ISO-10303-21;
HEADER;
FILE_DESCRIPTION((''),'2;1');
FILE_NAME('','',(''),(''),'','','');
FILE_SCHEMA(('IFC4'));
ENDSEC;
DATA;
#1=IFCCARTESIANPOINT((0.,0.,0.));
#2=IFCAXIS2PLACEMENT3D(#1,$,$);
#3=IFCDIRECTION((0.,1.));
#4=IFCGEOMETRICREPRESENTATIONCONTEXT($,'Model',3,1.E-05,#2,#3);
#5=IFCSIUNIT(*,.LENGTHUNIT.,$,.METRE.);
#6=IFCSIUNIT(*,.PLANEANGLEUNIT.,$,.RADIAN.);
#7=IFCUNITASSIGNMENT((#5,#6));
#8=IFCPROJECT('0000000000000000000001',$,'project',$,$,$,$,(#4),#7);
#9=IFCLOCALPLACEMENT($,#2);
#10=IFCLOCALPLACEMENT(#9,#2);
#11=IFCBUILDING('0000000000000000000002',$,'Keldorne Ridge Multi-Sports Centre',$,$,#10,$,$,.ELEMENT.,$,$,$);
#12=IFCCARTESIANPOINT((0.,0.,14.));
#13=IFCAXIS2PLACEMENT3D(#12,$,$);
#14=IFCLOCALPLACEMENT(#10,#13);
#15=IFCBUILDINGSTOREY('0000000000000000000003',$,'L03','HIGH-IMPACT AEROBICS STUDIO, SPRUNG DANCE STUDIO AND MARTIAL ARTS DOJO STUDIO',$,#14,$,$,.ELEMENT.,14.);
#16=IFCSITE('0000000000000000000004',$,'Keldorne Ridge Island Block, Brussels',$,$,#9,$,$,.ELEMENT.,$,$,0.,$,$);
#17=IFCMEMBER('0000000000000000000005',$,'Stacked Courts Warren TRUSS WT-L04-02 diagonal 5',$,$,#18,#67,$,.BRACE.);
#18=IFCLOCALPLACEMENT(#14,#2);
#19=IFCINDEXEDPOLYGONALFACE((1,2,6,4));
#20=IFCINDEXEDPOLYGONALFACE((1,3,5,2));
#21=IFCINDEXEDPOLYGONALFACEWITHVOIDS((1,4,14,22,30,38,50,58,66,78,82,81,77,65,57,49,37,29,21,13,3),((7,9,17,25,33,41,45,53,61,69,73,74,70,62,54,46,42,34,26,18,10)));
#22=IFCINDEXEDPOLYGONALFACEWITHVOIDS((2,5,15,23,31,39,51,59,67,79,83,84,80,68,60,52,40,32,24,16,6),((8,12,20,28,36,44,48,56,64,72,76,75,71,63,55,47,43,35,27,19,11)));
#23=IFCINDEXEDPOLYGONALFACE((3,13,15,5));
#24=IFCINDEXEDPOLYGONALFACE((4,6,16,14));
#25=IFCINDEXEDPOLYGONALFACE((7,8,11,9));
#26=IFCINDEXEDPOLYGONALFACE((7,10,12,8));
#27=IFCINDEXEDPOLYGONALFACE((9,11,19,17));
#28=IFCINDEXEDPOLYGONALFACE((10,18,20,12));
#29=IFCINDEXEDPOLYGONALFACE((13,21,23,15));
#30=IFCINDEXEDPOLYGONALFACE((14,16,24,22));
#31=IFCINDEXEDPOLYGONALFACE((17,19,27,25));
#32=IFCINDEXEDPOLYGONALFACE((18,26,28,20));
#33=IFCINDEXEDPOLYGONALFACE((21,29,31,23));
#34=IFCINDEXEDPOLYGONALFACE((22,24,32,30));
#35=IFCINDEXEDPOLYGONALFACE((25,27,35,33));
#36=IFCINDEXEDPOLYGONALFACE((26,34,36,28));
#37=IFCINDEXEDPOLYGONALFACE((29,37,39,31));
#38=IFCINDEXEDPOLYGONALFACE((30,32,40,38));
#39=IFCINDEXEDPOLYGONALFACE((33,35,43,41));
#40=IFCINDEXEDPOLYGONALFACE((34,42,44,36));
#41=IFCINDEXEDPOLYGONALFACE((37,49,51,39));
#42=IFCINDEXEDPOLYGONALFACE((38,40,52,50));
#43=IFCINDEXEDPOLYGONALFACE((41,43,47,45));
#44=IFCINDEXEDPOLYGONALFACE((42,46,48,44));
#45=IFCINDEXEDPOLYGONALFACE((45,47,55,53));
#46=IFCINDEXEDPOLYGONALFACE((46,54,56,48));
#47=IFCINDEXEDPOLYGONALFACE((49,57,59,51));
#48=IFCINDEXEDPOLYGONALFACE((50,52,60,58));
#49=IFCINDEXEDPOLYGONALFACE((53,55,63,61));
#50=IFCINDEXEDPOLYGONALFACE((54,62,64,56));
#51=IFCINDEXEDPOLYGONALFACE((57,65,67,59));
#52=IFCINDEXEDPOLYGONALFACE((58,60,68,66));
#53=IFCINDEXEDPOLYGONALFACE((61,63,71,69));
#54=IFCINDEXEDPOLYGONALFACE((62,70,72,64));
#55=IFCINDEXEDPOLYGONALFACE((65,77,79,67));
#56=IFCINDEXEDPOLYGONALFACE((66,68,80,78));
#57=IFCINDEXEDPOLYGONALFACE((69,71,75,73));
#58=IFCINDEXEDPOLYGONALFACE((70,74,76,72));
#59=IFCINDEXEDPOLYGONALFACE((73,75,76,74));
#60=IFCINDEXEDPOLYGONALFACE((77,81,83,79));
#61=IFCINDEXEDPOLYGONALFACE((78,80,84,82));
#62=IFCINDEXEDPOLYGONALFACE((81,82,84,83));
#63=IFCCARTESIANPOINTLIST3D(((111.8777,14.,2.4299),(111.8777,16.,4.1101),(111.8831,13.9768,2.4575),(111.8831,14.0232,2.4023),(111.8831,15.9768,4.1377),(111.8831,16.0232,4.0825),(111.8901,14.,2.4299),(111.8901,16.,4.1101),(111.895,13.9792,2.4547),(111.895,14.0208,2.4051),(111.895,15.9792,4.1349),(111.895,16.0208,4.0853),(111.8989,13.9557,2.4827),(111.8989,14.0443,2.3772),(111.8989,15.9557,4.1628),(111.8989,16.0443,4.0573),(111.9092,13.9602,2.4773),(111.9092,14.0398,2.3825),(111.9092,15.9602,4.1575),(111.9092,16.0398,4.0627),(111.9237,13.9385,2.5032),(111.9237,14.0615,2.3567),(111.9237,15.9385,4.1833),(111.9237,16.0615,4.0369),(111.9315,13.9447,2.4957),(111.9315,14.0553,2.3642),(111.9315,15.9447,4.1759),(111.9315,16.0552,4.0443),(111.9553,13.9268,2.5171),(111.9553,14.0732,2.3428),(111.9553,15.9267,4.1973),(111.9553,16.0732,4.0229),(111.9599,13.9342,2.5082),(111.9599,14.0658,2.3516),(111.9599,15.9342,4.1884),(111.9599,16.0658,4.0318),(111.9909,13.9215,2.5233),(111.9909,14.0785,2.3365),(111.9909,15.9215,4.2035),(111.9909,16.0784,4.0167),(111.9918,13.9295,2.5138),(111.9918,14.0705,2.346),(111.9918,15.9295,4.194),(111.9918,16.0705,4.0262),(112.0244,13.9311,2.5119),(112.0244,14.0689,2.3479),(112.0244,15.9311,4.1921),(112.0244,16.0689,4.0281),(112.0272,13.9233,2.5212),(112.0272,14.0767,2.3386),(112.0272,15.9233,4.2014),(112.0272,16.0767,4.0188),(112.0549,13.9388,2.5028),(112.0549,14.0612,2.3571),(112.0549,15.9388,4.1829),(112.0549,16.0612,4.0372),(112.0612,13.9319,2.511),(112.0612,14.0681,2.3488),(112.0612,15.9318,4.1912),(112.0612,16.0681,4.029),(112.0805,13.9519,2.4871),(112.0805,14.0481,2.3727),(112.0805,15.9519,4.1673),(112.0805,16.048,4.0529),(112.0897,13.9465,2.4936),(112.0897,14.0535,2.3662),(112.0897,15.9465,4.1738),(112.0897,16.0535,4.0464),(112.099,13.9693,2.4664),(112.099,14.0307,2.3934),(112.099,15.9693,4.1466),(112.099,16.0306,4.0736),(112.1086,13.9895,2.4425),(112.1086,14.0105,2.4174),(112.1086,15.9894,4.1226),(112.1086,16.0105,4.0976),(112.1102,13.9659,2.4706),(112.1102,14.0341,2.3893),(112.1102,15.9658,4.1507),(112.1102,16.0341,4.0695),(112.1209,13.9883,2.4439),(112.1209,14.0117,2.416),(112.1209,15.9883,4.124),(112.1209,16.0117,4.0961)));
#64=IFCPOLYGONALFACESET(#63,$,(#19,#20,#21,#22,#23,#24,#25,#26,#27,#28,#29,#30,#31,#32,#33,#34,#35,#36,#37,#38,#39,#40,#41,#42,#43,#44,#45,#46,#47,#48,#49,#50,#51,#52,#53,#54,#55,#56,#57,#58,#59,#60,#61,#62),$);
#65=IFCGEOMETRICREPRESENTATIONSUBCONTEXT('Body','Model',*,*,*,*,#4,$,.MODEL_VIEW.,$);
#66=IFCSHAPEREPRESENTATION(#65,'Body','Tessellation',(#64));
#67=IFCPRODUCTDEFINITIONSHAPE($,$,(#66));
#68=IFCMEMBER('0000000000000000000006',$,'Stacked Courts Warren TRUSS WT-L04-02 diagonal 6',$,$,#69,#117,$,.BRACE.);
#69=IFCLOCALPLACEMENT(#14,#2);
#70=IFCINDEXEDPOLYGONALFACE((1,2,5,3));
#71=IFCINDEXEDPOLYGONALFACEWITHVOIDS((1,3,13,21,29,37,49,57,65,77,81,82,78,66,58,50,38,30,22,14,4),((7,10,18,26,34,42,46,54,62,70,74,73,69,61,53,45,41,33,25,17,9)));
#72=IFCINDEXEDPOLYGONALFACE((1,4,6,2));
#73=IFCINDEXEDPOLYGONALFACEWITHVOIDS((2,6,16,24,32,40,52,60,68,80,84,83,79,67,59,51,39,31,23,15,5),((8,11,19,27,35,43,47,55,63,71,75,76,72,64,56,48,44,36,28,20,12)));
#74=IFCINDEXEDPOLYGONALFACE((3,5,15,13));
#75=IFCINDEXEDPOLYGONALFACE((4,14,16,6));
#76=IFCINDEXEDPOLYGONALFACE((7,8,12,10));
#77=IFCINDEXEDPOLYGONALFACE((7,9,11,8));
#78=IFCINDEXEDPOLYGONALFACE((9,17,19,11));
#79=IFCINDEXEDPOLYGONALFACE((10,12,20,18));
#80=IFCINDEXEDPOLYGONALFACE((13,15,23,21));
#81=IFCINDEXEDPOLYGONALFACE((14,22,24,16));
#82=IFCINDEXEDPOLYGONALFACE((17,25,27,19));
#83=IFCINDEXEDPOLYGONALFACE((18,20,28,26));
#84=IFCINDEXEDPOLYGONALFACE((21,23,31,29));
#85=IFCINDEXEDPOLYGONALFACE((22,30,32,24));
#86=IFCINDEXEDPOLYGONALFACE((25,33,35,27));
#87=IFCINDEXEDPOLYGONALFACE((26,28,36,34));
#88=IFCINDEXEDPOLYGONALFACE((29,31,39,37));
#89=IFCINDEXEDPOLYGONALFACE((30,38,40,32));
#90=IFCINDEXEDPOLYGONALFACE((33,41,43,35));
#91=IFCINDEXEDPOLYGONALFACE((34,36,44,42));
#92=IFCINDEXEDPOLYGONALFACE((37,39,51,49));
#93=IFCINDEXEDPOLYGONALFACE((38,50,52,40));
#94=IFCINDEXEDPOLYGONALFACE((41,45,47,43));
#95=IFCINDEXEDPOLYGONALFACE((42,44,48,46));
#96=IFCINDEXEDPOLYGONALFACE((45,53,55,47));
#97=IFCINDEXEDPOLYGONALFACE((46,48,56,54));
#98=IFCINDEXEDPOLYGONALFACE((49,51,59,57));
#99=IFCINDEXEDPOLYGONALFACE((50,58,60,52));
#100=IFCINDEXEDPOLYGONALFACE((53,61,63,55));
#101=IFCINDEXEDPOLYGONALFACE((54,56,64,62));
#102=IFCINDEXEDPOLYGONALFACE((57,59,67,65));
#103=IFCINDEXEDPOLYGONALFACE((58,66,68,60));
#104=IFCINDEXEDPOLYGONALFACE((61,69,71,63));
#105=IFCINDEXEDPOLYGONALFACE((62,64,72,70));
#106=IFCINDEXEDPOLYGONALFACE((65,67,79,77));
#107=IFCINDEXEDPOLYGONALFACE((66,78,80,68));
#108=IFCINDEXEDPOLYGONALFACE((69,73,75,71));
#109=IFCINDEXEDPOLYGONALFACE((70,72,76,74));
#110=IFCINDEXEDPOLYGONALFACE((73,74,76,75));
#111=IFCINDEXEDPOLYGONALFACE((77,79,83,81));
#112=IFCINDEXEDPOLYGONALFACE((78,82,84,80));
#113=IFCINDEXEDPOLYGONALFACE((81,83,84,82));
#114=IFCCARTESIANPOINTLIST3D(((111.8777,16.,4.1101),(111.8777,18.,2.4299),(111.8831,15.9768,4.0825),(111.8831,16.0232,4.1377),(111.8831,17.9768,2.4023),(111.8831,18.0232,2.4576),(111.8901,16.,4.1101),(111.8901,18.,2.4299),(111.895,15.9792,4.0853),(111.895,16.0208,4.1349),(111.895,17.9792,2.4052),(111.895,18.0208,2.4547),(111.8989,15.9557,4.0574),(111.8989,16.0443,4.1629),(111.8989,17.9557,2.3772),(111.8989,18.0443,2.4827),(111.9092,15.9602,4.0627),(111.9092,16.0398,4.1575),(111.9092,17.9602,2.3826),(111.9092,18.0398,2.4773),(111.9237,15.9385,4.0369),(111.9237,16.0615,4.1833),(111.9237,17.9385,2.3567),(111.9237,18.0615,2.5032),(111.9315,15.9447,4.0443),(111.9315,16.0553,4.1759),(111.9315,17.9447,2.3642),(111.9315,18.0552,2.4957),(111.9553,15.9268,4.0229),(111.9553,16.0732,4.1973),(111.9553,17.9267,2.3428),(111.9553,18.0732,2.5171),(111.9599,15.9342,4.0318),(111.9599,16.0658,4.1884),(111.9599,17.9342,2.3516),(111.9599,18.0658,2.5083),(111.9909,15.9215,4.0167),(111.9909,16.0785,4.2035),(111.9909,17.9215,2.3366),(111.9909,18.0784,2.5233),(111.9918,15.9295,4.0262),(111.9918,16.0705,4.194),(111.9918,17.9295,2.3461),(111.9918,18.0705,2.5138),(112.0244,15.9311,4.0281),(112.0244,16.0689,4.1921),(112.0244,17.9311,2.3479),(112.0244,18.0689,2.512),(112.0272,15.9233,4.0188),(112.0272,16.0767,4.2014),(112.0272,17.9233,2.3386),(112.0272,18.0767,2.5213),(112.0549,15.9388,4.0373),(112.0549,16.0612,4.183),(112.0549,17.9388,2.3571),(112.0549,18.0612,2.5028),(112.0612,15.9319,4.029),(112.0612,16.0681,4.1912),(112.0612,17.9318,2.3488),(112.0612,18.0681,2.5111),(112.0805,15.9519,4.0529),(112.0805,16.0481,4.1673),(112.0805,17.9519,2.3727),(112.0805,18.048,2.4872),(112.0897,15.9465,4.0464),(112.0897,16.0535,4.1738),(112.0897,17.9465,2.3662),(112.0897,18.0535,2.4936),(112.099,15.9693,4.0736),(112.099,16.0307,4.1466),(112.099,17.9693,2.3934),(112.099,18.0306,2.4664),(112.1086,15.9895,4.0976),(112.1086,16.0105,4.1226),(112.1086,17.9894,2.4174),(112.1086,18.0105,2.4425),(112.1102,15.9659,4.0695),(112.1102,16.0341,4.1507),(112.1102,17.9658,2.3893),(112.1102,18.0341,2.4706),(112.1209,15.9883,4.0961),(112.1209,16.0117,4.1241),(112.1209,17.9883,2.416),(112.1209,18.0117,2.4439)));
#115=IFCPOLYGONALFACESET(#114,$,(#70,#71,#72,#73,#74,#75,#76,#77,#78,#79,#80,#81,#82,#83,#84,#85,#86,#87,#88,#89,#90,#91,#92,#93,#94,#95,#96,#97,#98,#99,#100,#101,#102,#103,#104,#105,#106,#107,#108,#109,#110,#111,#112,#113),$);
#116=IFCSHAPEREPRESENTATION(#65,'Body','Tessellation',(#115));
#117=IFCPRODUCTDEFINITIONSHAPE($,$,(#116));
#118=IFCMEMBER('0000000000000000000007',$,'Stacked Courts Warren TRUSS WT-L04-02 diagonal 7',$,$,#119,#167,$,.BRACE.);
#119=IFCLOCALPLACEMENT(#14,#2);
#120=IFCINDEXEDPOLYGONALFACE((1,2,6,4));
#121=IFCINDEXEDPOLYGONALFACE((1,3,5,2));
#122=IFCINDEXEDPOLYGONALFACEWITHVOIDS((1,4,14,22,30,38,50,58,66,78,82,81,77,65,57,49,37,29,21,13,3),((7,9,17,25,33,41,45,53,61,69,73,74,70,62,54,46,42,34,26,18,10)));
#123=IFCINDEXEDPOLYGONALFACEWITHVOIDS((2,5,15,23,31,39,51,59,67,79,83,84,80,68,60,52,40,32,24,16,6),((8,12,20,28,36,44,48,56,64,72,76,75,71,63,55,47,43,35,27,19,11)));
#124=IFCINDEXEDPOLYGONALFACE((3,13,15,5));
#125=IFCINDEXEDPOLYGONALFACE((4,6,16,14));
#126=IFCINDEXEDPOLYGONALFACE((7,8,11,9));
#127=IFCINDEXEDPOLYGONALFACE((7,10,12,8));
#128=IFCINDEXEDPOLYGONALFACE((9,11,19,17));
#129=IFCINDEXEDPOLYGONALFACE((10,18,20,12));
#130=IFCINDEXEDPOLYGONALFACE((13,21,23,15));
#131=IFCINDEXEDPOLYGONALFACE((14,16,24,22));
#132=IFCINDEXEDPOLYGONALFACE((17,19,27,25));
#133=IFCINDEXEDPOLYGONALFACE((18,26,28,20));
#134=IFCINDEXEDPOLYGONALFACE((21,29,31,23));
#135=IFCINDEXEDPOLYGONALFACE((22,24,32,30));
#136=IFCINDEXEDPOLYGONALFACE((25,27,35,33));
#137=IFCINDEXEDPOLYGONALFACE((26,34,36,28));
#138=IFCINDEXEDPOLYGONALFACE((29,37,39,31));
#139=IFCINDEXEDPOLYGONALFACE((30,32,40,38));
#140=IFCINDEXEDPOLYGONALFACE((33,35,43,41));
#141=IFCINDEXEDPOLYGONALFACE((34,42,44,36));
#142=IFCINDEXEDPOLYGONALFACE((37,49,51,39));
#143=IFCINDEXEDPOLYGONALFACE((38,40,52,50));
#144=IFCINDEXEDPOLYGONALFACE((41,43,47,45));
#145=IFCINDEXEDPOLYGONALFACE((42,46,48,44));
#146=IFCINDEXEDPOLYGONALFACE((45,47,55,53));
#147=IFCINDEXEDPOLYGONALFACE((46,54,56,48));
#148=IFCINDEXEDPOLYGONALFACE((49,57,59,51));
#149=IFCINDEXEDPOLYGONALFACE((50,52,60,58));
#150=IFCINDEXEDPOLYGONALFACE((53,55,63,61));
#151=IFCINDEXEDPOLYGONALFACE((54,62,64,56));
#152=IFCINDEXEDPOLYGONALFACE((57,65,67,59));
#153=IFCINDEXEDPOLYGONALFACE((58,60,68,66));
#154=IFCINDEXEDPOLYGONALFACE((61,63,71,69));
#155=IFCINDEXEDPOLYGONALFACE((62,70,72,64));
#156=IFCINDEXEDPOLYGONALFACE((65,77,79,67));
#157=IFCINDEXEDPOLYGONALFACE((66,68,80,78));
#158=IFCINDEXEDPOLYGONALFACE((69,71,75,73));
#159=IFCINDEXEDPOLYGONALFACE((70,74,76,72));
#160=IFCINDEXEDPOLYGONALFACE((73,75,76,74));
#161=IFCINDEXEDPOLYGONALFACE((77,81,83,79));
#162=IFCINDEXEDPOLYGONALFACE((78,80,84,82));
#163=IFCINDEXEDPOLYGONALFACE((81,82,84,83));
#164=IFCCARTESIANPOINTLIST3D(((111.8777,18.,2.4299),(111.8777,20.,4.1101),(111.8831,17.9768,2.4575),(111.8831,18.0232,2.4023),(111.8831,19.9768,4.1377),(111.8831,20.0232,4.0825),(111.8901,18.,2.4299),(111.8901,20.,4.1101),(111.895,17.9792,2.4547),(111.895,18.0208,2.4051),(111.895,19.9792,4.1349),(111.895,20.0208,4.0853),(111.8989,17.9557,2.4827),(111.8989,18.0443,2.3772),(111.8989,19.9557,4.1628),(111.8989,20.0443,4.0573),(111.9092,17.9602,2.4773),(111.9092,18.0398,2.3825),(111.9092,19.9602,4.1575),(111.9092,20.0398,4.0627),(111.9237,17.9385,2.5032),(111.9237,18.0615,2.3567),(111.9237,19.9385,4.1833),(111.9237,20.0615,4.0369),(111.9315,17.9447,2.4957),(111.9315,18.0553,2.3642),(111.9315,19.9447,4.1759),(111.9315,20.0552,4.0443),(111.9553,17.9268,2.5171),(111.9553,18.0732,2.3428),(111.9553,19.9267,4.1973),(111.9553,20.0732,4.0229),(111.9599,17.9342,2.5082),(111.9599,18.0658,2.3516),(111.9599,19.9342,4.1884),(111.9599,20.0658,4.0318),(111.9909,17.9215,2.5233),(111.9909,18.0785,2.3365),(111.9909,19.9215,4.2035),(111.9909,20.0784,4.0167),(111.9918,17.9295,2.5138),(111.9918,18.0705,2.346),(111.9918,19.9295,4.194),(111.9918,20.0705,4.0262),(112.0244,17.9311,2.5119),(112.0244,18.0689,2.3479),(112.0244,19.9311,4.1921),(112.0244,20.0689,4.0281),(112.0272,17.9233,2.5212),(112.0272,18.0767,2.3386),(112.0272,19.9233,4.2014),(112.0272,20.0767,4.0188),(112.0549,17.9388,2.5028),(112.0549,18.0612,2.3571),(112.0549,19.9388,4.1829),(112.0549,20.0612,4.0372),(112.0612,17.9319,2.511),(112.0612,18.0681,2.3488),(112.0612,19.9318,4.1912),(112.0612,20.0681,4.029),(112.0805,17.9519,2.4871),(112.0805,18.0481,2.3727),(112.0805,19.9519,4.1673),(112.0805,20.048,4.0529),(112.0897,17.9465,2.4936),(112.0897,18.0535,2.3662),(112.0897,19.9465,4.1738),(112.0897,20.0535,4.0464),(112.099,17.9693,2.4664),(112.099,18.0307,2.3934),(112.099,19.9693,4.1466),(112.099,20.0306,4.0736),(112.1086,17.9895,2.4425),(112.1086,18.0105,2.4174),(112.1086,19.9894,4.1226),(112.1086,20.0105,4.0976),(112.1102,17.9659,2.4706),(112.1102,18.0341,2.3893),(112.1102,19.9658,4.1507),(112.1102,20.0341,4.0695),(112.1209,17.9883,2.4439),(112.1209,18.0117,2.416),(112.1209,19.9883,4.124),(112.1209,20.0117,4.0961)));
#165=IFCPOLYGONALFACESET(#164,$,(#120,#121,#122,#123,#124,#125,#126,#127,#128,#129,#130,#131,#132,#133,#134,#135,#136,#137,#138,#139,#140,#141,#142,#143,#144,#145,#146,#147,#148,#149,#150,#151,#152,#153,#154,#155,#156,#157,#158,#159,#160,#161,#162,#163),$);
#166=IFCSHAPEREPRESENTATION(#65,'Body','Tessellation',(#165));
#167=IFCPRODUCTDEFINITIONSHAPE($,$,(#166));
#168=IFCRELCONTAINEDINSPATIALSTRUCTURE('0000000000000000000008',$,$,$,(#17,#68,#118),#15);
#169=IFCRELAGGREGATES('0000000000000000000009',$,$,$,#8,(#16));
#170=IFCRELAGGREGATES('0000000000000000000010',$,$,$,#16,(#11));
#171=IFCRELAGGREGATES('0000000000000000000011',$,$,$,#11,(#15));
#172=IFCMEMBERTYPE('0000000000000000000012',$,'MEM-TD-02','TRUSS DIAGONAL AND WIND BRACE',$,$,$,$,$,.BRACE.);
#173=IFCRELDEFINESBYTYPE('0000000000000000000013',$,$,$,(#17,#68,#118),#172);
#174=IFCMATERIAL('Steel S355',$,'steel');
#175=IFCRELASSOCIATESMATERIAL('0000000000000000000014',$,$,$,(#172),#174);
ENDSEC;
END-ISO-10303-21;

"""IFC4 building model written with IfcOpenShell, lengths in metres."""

from ifc_helpers import new_model, si_unit, direction, frame, origin, origin_2d, place, context, subcontext, project, spatial, hollow_circle, extrude, material, material_profile, profile_set, type_object, element, save


model = new_model("IFC4")

# Units and contexts
model_context = context("Model", 3, precision=1e-05, world=origin(), true_north=direction((0.0, 1.0)))
body_context = subcontext(model_context, "Body", "Model", "MODEL_VIEW")
ifc_project = project(units=[si_unit("LENGTHUNIT", "METRE"), si_unit("PLANEANGLEUNIT", "RADIAN")], contexts=[model_context])

# Site, building, storey
site_placement = place(None, origin())
site = spatial("IfcSite", under=ifc_project, at=site_placement, Name="Keldorne Ridge Island Block, Brussels", CompositionType="ELEMENT", RefElevation=0.0)
building_placement = place(site_placement, origin())
building = spatial("IfcBuilding", under=site, at=building_placement, Name="Keldorne Ridge Multi-Sports Centre", CompositionType="ELEMENT")
storey_placement = place(building_placement, frame((0.0, 0.0, 14.0)))
storey = spatial("IfcBuildingStorey", under=building, at=storey_placement, Name="L03", Description="HIGH-IMPACT AEROBICS STUDIO, SPRUNG DANCE STUDIO AND MARTIAL ARTS DOJO STUDIO", CompositionType="ELEMENT", Elevation=14.0)

# Members
ifc_material = material(Name="Steel S355", Category="steel")
ifc_material_profile_1 = material_profile(ifc_material, hollow_circle(Radius=0.1223, WallThickness=0.0125, at=origin_2d()), Name="CHS 244.5x12.5")
ifc_profile_set_1 = profile_set([ifc_material_profile_1], Name="Steel S355")
member_type_1 = type_object("IfcMemberType", Name="MEM-TD-02", Description="TRUSS DIAGONAL AND WIND BRACE", PredefinedType="BRACE", material=ifc_profile_set_1)
for number, where, z_axis, x_axis, name in (
    (1, (112.0, 14.0, 2.4299), (0.0, 0.765672, 0.643232), (-1.0, 0.0, 0.0), "Stacked Courts Warren TRUSS WT-L04-02 diagonal 5"),
    (2, (112.0, 16.0, 4.1101), (0.0, 0.765672, -0.643232), (-1.0, 0.0, 0.0), "Stacked Courts Warren TRUSS WT-L04-02 diagonal 6"),
    (3, (112.0, 18.0, 2.4299), (0.0, 0.765672, 0.643232), (-1.0, 0.0, 0.0), "Stacked Courts Warren TRUSS WT-L04-02 diagonal 7"),
):
    element("IfcMember", number, at=place(storey_placement, frame(where, z_axis=z_axis, x_axis=x_axis)), inside=storey, type_object=member_type_1, Name=name, PredefinedType="BRACE", context=body_context, shape_type="SweptSolid", body=[
        extrude(hollow_circle(Radius=0.1223, WallThickness=0.0125, at=origin_2d()), origin(), (0.0, 0.0, 1.0), 2.6121),
    ])

save(model, "model.ifc")
